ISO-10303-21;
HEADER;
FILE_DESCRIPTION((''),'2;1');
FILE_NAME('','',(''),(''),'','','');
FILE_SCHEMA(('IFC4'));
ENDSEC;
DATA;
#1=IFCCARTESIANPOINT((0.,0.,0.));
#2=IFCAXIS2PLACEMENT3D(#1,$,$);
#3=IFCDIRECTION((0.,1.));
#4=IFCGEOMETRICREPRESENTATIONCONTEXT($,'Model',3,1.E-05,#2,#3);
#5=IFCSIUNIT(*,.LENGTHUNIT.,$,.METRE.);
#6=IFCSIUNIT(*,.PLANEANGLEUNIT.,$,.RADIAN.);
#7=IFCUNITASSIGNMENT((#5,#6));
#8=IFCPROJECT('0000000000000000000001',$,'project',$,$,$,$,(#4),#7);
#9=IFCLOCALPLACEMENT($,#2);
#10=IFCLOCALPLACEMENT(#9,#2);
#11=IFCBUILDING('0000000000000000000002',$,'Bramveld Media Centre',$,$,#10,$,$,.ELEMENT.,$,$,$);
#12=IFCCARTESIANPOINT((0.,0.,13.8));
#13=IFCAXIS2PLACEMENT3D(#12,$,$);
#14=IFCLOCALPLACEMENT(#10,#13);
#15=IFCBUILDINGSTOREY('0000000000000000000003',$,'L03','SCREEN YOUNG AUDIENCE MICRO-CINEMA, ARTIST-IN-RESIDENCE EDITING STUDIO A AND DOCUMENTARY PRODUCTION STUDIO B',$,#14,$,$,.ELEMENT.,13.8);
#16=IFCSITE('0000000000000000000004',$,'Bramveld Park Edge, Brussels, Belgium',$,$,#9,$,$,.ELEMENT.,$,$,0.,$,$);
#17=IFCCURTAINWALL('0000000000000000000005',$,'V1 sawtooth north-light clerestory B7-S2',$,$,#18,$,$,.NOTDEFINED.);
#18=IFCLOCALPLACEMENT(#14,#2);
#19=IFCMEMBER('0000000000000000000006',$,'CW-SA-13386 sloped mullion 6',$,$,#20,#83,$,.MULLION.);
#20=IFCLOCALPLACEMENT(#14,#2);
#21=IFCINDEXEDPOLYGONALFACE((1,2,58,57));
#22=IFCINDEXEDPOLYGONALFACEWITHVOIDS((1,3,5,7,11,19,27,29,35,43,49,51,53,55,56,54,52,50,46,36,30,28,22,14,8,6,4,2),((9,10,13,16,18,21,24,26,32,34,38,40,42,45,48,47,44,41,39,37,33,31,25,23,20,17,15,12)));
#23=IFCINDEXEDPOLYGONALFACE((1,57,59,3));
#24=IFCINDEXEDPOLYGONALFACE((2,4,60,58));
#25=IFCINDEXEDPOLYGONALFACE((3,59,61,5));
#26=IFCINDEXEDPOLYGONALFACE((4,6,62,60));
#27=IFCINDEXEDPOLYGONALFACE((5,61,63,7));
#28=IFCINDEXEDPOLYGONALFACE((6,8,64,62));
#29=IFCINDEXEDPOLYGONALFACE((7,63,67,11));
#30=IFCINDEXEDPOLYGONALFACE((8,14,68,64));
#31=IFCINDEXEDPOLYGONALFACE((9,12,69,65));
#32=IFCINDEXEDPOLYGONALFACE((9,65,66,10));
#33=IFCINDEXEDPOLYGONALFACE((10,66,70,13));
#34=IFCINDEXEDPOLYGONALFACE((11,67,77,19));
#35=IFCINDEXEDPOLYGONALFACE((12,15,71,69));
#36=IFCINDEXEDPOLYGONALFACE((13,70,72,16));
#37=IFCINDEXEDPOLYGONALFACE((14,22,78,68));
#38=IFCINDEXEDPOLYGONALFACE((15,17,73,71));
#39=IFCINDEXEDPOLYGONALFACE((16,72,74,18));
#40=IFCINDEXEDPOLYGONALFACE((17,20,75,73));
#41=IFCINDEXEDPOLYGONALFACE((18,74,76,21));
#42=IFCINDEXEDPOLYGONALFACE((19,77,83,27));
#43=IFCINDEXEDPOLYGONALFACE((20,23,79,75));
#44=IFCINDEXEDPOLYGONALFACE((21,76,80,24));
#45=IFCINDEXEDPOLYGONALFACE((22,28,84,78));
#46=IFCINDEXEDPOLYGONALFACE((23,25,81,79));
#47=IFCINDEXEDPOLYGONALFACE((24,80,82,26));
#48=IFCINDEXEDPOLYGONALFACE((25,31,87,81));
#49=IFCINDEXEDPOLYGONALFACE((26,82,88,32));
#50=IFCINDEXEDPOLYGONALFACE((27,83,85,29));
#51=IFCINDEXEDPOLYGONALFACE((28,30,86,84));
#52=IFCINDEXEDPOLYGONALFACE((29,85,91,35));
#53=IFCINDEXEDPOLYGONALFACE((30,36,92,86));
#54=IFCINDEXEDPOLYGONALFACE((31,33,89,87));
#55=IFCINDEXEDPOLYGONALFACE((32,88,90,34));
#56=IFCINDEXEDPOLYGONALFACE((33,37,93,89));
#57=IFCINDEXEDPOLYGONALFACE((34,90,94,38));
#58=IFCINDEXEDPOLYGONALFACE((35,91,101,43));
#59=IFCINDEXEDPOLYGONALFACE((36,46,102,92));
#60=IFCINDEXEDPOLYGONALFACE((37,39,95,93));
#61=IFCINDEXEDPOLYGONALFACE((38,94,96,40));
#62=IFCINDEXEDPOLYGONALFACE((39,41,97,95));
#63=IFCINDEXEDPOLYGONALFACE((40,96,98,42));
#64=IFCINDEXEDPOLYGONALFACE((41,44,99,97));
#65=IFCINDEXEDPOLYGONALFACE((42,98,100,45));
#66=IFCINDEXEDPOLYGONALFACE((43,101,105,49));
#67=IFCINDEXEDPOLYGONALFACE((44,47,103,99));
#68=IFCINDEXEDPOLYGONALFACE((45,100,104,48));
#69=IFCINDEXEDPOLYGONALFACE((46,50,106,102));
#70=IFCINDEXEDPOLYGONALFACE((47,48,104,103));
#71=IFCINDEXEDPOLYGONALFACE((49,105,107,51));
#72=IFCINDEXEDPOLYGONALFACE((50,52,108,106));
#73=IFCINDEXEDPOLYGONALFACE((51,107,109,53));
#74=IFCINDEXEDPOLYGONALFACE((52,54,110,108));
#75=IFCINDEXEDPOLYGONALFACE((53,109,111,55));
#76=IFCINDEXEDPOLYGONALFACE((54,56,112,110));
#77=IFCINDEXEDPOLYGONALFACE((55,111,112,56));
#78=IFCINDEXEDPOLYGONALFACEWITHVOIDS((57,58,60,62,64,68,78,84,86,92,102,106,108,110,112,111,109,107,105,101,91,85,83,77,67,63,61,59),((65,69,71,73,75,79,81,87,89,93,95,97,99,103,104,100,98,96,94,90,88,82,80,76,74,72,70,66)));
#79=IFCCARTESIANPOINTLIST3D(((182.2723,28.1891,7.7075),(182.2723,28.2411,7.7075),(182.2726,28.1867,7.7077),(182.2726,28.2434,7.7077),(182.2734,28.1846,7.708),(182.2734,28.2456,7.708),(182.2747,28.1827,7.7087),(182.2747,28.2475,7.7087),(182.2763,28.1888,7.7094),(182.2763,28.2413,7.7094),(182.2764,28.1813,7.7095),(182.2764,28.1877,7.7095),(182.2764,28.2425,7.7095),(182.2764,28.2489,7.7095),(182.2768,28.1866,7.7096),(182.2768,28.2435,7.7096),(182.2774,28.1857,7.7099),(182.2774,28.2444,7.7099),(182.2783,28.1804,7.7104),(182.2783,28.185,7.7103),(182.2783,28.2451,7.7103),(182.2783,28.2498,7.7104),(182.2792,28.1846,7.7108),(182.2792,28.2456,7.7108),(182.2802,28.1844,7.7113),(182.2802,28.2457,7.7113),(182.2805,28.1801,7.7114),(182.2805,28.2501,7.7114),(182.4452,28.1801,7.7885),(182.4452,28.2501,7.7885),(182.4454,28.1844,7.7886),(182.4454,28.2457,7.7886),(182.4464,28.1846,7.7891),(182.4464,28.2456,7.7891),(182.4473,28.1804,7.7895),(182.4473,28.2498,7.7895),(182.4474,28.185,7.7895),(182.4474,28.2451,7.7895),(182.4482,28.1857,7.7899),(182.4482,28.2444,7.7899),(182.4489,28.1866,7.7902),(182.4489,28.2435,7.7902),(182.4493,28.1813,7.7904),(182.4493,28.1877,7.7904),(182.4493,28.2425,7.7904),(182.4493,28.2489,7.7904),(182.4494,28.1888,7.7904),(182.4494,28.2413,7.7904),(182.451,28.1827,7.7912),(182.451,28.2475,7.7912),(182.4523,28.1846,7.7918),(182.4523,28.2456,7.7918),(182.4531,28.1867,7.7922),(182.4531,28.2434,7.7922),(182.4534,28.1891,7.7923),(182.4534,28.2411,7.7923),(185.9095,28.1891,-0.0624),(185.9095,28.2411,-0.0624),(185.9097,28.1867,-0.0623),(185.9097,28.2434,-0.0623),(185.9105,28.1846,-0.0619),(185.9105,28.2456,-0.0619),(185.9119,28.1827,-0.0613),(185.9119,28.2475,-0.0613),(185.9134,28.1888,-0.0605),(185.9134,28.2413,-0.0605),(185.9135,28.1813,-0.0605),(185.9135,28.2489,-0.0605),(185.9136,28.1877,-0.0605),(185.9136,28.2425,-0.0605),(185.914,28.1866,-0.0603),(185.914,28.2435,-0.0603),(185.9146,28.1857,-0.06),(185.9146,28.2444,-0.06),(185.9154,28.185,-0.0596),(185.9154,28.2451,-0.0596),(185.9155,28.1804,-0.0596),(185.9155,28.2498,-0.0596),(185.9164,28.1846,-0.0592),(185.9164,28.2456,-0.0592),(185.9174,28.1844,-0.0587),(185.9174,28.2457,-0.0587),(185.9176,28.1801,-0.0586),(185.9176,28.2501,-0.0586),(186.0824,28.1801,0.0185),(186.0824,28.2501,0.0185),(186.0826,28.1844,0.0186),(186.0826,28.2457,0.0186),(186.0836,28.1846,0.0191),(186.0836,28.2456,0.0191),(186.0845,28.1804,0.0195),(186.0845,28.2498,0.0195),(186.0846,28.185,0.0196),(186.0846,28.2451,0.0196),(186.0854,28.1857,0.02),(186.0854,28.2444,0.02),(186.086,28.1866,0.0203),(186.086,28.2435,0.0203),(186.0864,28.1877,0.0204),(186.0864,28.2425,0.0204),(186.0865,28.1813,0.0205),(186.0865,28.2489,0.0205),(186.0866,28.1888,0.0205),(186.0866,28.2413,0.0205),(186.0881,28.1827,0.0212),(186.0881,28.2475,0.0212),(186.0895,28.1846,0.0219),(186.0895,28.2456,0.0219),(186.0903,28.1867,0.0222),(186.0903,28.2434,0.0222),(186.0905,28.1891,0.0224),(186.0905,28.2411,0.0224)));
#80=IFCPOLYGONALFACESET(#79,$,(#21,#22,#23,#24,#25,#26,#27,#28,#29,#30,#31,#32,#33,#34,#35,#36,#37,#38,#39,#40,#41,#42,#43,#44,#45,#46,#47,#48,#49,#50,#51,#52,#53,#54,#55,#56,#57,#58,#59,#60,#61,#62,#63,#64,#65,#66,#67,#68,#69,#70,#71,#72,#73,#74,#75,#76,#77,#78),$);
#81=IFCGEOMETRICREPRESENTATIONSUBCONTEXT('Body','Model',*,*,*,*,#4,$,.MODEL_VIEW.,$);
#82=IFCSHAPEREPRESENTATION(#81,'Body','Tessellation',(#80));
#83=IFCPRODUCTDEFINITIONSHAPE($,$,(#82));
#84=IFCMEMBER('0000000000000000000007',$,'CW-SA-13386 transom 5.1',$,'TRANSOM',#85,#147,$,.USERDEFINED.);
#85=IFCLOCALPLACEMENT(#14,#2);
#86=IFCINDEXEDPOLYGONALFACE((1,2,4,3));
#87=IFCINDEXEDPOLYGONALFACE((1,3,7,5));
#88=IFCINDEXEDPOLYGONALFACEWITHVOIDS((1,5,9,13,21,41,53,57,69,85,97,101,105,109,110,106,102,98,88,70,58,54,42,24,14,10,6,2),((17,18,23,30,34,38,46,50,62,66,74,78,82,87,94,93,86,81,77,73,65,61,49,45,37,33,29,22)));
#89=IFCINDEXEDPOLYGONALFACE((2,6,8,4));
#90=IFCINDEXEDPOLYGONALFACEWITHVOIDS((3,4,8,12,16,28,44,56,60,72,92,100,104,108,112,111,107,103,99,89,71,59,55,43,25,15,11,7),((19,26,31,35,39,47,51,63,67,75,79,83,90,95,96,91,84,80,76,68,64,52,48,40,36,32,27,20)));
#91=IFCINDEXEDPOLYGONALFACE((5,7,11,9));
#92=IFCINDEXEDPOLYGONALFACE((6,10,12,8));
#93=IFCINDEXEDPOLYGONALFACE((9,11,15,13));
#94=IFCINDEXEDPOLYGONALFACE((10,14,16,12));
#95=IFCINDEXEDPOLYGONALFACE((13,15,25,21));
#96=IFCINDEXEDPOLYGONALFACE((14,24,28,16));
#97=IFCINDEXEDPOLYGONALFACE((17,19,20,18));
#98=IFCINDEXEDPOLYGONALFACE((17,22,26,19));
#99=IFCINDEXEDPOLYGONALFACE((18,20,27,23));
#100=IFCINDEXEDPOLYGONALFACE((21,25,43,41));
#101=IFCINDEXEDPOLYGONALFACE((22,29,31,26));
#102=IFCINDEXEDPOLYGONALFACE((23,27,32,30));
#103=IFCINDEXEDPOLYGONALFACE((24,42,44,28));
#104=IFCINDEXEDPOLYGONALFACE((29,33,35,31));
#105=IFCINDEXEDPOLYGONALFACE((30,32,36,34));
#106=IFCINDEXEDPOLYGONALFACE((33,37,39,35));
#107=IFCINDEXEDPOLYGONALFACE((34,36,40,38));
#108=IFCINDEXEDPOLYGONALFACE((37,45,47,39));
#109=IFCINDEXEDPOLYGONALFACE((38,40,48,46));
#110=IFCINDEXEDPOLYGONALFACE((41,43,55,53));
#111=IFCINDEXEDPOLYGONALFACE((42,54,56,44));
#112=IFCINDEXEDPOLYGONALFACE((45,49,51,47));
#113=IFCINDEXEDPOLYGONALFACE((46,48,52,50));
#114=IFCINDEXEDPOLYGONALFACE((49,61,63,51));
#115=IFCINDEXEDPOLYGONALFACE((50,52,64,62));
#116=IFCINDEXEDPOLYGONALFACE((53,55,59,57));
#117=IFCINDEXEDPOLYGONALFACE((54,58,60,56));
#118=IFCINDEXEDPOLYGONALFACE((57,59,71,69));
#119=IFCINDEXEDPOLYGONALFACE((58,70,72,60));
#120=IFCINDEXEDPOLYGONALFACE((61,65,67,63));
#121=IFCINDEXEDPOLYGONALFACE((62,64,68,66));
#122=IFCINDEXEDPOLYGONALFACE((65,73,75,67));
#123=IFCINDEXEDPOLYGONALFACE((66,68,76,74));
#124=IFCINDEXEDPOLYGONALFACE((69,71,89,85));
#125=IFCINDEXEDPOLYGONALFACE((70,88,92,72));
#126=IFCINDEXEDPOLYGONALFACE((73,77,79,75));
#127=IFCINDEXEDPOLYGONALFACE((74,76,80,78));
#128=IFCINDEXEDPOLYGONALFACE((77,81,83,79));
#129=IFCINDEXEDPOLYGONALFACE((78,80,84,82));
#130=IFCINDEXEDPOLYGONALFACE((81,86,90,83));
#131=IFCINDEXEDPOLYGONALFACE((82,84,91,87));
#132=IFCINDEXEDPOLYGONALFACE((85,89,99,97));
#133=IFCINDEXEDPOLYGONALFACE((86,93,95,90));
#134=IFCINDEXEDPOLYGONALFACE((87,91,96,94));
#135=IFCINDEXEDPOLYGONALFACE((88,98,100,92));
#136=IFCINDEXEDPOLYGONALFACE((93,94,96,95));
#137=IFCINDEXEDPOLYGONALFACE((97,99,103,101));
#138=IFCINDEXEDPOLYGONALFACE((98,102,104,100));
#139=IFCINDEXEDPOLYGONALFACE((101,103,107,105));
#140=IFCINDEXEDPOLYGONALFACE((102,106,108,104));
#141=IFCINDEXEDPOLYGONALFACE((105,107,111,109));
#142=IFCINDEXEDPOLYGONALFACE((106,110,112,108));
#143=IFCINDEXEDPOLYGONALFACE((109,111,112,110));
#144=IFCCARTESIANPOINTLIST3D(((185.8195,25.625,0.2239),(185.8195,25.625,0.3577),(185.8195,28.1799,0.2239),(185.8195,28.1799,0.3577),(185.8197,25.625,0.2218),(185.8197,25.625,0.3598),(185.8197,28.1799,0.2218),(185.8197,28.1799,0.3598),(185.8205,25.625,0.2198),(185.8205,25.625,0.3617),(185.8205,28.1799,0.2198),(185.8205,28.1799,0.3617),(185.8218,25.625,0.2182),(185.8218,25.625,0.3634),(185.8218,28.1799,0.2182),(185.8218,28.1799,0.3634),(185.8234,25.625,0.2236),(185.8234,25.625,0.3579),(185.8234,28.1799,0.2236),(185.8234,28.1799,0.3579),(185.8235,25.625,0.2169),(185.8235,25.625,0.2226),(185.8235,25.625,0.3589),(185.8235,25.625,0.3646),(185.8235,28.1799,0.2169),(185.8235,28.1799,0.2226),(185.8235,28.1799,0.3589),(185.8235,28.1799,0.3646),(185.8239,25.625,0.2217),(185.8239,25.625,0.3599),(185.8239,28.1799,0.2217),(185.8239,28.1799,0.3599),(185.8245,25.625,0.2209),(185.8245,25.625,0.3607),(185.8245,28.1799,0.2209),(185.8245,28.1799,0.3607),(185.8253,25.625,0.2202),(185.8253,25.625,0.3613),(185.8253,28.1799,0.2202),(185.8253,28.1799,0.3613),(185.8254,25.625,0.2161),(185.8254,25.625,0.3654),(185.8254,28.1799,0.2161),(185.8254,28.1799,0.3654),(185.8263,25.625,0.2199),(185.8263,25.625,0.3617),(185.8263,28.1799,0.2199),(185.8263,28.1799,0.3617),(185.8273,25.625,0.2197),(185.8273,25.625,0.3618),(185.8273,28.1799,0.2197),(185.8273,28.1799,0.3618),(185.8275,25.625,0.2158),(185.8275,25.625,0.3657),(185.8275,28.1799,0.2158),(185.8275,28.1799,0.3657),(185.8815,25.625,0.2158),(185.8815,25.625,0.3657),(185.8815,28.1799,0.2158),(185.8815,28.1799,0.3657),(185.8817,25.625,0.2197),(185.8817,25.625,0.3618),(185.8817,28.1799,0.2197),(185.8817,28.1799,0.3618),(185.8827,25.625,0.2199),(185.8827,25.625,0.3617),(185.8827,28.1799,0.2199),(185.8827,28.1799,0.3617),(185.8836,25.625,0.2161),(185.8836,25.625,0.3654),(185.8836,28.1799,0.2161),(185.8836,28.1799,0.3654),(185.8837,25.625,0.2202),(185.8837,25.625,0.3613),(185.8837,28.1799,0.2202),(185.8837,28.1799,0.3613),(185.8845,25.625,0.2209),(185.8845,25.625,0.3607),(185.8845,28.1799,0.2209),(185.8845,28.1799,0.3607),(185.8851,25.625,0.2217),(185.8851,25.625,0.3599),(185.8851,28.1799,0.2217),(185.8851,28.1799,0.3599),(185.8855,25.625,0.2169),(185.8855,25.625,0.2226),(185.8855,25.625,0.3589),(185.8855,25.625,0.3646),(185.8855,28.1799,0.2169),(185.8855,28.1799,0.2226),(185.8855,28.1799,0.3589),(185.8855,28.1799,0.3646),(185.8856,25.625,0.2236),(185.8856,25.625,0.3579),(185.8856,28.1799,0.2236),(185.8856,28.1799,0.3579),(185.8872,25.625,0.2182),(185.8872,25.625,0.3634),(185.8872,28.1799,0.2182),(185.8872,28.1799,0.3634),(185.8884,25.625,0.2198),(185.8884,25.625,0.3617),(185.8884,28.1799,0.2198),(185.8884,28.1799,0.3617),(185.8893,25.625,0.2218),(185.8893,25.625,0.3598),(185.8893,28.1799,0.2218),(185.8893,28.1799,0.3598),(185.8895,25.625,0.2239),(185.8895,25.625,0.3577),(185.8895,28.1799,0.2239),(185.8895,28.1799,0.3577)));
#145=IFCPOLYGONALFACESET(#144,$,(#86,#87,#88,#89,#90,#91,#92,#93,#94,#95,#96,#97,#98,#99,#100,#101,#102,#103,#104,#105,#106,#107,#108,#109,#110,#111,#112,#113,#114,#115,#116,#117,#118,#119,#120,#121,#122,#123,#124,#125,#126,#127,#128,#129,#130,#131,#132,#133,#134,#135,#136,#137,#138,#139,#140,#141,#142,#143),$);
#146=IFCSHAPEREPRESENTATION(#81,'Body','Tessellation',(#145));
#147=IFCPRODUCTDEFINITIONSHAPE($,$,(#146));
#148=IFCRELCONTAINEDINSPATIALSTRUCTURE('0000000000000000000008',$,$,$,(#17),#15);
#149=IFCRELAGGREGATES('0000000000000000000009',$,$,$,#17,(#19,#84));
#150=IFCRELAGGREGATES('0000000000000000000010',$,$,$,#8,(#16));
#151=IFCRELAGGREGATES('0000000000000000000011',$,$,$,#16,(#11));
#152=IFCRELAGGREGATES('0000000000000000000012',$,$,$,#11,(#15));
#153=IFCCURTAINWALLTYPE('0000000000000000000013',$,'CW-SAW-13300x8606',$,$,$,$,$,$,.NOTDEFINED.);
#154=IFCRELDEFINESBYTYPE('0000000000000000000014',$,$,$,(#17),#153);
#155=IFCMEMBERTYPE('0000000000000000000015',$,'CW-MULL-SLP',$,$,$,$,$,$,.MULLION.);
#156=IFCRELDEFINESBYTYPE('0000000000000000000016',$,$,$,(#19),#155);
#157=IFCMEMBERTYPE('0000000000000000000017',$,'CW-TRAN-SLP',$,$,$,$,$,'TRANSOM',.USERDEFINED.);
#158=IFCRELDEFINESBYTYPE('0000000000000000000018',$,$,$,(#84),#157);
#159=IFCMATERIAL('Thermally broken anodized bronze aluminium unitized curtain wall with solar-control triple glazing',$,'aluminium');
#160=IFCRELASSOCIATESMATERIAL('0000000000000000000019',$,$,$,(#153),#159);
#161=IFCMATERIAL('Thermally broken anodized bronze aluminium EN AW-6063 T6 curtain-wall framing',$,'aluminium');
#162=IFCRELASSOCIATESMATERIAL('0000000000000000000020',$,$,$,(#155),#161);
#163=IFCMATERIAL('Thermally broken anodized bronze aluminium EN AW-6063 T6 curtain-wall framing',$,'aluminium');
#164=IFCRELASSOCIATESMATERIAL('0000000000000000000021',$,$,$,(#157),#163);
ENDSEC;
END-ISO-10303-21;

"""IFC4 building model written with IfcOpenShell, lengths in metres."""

from ifc_helpers import new_model, si_unit, direction, frame, origin, origin_2d, place, context, subcontext, project, spatial, hollow_rectangle, extrude, material, material_profile, profile_set, type_object, element, aggregate, save


model = new_model("IFC4")

# Units and contexts
model_context = context("Model", 3, precision=1e-05, world=origin(), true_north=direction((0.0, 1.0)))
body_context = subcontext(model_context, "Body", "Model", "MODEL_VIEW")
ifc_project = project(units=[si_unit("LENGTHUNIT", "METRE"), si_unit("PLANEANGLEUNIT", "RADIAN")], contexts=[model_context])

# Site, building, storey
site_placement = place(None, origin())
site = spatial("IfcSite", under=ifc_project, at=site_placement, Name="Bramveld Park Edge, Brussels, Belgium", CompositionType="ELEMENT", RefElevation=0.0)
building_placement = place(site_placement, origin())
building = spatial("IfcBuilding", under=site, at=building_placement, Name="Bramveld Media Centre", CompositionType="ELEMENT")
storey_placement = place(building_placement, frame((0.0, 0.0, 13.8)))
storey = spatial("IfcBuildingStorey", under=building, at=storey_placement, Name="L03", Description="SCREEN YOUNG AUDIENCE MICRO-CINEMA, ARTIST-IN-RESIDENCE EDITING STUDIO A AND DOCUMENTARY PRODUCTION STUDIO B", CompositionType="ELEMENT", Elevation=13.8)

# Shared definitions
ifc_material_1 = material(Name="Thermally broken anodized bronze aluminium unitized curtain wall with solar-control triple glazing", Category="aluminium")
curtain_wall_type = type_object("IfcCurtainWallType", Name="CW-SAW-13300x8606", PredefinedType="NOTDEFINED", material=ifc_material_1)
ifc_material_2 = material(Name="Thermally broken anodized bronze aluminium EN AW-6063 T6 curtain-wall framing", Category="aluminium")
ifc_material_profile_1 = material_profile(ifc_material_2, hollow_rectangle(XDim=0.0701, YDim=0.2, WallThickness=0.0044, InnerFilletRadius=0.0044, OuterFilletRadius=0.009, at=origin_2d()), Name="AL-MULL 70x200")
ifc_profile_set_1 = profile_set([ifc_material_profile_1], Name="Thermally broken anodized bronze aluminium EN AW-6063 T6 curtain-wall framing")
member_type_1 = type_object("IfcMemberType", Name="CW-MULL-SLP", PredefinedType="MULLION", material=ifc_profile_set_1)

# Curtain wall, members
curtain_wall_1_placement = place(storey_placement, origin())
curtain_wall_1 = element("IfcCurtainWall", 1, at=curtain_wall_1_placement, inside=storey, type_object=curtain_wall_type, Name="V1 sawtooth north-light clerestory B7-S2", PredefinedType="NOTDEFINED")
member_1_placement = place(storey_placement, frame((186.0, 28.2151, -0.02), z_axis=(-0.423957, 0.0, 0.905682), x_axis=(0.0, -1.0, 0.0)))
member_1 = element("IfcMember", 2, at=member_1_placement, type_object=member_type_1, Name="CW-SA-13386 sloped mullion 6", PredefinedType="MULLION", context=body_context, shape_type="SweptSolid", body=[
    extrude(hollow_rectangle(XDim=0.0701, YDim=0.2, WallThickness=0.0044, InnerFilletRadius=0.0044, OuterFilletRadius=0.009, at=origin_2d()), origin(), (0.0, 0.0, 1.0), 8.5791),
])
ifc_material_3 = material(Name="Thermally broken anodized bronze aluminium EN AW-6063 T6 curtain-wall framing", Category="aluminium")
ifc_material_profile_2 = material_profile(ifc_material_3, hollow_rectangle(XDim=0.0701, YDim=0.1499, WallThickness=0.0039, InnerFilletRadius=0.0039, OuterFilletRadius=0.0081, at=origin_2d()), Name="AL-TRAN 70x150")
ifc_profile_set_2 = profile_set([ifc_material_profile_2], Name="Thermally broken anodized bronze aluminium EN AW-6063 T6 curtain-wall framing")
member_type_2 = type_object("IfcMemberType", Name="CW-TRAN-SLP", ElementType="TRANSOM", PredefinedType="USERDEFINED", material=ifc_profile_set_2)
member_2_placement = place(storey_placement, frame((185.8545, 25.625, 0.2908), z_axis=(0.0, 1.0, 0.0), x_axis=(-1.0, 0.0, 0.0)))
member_2 = element("IfcMember", 3, at=member_2_placement, type_object=member_type_2, Name="CW-SA-13386 transom 5.1", ObjectType="TRANSOM", PredefinedType="USERDEFINED", context=body_context, shape_type="SweptSolid", body=[
    extrude(hollow_rectangle(XDim=0.0701, YDim=0.1499, WallThickness=0.0039, InnerFilletRadius=0.0039, OuterFilletRadius=0.0081, at=origin_2d()), origin(), (0.0, 0.0, 1.0), 2.5549),
])

aggregate(curtain_wall_1, [member_1, member_2])

save(model, "model.ifc")
